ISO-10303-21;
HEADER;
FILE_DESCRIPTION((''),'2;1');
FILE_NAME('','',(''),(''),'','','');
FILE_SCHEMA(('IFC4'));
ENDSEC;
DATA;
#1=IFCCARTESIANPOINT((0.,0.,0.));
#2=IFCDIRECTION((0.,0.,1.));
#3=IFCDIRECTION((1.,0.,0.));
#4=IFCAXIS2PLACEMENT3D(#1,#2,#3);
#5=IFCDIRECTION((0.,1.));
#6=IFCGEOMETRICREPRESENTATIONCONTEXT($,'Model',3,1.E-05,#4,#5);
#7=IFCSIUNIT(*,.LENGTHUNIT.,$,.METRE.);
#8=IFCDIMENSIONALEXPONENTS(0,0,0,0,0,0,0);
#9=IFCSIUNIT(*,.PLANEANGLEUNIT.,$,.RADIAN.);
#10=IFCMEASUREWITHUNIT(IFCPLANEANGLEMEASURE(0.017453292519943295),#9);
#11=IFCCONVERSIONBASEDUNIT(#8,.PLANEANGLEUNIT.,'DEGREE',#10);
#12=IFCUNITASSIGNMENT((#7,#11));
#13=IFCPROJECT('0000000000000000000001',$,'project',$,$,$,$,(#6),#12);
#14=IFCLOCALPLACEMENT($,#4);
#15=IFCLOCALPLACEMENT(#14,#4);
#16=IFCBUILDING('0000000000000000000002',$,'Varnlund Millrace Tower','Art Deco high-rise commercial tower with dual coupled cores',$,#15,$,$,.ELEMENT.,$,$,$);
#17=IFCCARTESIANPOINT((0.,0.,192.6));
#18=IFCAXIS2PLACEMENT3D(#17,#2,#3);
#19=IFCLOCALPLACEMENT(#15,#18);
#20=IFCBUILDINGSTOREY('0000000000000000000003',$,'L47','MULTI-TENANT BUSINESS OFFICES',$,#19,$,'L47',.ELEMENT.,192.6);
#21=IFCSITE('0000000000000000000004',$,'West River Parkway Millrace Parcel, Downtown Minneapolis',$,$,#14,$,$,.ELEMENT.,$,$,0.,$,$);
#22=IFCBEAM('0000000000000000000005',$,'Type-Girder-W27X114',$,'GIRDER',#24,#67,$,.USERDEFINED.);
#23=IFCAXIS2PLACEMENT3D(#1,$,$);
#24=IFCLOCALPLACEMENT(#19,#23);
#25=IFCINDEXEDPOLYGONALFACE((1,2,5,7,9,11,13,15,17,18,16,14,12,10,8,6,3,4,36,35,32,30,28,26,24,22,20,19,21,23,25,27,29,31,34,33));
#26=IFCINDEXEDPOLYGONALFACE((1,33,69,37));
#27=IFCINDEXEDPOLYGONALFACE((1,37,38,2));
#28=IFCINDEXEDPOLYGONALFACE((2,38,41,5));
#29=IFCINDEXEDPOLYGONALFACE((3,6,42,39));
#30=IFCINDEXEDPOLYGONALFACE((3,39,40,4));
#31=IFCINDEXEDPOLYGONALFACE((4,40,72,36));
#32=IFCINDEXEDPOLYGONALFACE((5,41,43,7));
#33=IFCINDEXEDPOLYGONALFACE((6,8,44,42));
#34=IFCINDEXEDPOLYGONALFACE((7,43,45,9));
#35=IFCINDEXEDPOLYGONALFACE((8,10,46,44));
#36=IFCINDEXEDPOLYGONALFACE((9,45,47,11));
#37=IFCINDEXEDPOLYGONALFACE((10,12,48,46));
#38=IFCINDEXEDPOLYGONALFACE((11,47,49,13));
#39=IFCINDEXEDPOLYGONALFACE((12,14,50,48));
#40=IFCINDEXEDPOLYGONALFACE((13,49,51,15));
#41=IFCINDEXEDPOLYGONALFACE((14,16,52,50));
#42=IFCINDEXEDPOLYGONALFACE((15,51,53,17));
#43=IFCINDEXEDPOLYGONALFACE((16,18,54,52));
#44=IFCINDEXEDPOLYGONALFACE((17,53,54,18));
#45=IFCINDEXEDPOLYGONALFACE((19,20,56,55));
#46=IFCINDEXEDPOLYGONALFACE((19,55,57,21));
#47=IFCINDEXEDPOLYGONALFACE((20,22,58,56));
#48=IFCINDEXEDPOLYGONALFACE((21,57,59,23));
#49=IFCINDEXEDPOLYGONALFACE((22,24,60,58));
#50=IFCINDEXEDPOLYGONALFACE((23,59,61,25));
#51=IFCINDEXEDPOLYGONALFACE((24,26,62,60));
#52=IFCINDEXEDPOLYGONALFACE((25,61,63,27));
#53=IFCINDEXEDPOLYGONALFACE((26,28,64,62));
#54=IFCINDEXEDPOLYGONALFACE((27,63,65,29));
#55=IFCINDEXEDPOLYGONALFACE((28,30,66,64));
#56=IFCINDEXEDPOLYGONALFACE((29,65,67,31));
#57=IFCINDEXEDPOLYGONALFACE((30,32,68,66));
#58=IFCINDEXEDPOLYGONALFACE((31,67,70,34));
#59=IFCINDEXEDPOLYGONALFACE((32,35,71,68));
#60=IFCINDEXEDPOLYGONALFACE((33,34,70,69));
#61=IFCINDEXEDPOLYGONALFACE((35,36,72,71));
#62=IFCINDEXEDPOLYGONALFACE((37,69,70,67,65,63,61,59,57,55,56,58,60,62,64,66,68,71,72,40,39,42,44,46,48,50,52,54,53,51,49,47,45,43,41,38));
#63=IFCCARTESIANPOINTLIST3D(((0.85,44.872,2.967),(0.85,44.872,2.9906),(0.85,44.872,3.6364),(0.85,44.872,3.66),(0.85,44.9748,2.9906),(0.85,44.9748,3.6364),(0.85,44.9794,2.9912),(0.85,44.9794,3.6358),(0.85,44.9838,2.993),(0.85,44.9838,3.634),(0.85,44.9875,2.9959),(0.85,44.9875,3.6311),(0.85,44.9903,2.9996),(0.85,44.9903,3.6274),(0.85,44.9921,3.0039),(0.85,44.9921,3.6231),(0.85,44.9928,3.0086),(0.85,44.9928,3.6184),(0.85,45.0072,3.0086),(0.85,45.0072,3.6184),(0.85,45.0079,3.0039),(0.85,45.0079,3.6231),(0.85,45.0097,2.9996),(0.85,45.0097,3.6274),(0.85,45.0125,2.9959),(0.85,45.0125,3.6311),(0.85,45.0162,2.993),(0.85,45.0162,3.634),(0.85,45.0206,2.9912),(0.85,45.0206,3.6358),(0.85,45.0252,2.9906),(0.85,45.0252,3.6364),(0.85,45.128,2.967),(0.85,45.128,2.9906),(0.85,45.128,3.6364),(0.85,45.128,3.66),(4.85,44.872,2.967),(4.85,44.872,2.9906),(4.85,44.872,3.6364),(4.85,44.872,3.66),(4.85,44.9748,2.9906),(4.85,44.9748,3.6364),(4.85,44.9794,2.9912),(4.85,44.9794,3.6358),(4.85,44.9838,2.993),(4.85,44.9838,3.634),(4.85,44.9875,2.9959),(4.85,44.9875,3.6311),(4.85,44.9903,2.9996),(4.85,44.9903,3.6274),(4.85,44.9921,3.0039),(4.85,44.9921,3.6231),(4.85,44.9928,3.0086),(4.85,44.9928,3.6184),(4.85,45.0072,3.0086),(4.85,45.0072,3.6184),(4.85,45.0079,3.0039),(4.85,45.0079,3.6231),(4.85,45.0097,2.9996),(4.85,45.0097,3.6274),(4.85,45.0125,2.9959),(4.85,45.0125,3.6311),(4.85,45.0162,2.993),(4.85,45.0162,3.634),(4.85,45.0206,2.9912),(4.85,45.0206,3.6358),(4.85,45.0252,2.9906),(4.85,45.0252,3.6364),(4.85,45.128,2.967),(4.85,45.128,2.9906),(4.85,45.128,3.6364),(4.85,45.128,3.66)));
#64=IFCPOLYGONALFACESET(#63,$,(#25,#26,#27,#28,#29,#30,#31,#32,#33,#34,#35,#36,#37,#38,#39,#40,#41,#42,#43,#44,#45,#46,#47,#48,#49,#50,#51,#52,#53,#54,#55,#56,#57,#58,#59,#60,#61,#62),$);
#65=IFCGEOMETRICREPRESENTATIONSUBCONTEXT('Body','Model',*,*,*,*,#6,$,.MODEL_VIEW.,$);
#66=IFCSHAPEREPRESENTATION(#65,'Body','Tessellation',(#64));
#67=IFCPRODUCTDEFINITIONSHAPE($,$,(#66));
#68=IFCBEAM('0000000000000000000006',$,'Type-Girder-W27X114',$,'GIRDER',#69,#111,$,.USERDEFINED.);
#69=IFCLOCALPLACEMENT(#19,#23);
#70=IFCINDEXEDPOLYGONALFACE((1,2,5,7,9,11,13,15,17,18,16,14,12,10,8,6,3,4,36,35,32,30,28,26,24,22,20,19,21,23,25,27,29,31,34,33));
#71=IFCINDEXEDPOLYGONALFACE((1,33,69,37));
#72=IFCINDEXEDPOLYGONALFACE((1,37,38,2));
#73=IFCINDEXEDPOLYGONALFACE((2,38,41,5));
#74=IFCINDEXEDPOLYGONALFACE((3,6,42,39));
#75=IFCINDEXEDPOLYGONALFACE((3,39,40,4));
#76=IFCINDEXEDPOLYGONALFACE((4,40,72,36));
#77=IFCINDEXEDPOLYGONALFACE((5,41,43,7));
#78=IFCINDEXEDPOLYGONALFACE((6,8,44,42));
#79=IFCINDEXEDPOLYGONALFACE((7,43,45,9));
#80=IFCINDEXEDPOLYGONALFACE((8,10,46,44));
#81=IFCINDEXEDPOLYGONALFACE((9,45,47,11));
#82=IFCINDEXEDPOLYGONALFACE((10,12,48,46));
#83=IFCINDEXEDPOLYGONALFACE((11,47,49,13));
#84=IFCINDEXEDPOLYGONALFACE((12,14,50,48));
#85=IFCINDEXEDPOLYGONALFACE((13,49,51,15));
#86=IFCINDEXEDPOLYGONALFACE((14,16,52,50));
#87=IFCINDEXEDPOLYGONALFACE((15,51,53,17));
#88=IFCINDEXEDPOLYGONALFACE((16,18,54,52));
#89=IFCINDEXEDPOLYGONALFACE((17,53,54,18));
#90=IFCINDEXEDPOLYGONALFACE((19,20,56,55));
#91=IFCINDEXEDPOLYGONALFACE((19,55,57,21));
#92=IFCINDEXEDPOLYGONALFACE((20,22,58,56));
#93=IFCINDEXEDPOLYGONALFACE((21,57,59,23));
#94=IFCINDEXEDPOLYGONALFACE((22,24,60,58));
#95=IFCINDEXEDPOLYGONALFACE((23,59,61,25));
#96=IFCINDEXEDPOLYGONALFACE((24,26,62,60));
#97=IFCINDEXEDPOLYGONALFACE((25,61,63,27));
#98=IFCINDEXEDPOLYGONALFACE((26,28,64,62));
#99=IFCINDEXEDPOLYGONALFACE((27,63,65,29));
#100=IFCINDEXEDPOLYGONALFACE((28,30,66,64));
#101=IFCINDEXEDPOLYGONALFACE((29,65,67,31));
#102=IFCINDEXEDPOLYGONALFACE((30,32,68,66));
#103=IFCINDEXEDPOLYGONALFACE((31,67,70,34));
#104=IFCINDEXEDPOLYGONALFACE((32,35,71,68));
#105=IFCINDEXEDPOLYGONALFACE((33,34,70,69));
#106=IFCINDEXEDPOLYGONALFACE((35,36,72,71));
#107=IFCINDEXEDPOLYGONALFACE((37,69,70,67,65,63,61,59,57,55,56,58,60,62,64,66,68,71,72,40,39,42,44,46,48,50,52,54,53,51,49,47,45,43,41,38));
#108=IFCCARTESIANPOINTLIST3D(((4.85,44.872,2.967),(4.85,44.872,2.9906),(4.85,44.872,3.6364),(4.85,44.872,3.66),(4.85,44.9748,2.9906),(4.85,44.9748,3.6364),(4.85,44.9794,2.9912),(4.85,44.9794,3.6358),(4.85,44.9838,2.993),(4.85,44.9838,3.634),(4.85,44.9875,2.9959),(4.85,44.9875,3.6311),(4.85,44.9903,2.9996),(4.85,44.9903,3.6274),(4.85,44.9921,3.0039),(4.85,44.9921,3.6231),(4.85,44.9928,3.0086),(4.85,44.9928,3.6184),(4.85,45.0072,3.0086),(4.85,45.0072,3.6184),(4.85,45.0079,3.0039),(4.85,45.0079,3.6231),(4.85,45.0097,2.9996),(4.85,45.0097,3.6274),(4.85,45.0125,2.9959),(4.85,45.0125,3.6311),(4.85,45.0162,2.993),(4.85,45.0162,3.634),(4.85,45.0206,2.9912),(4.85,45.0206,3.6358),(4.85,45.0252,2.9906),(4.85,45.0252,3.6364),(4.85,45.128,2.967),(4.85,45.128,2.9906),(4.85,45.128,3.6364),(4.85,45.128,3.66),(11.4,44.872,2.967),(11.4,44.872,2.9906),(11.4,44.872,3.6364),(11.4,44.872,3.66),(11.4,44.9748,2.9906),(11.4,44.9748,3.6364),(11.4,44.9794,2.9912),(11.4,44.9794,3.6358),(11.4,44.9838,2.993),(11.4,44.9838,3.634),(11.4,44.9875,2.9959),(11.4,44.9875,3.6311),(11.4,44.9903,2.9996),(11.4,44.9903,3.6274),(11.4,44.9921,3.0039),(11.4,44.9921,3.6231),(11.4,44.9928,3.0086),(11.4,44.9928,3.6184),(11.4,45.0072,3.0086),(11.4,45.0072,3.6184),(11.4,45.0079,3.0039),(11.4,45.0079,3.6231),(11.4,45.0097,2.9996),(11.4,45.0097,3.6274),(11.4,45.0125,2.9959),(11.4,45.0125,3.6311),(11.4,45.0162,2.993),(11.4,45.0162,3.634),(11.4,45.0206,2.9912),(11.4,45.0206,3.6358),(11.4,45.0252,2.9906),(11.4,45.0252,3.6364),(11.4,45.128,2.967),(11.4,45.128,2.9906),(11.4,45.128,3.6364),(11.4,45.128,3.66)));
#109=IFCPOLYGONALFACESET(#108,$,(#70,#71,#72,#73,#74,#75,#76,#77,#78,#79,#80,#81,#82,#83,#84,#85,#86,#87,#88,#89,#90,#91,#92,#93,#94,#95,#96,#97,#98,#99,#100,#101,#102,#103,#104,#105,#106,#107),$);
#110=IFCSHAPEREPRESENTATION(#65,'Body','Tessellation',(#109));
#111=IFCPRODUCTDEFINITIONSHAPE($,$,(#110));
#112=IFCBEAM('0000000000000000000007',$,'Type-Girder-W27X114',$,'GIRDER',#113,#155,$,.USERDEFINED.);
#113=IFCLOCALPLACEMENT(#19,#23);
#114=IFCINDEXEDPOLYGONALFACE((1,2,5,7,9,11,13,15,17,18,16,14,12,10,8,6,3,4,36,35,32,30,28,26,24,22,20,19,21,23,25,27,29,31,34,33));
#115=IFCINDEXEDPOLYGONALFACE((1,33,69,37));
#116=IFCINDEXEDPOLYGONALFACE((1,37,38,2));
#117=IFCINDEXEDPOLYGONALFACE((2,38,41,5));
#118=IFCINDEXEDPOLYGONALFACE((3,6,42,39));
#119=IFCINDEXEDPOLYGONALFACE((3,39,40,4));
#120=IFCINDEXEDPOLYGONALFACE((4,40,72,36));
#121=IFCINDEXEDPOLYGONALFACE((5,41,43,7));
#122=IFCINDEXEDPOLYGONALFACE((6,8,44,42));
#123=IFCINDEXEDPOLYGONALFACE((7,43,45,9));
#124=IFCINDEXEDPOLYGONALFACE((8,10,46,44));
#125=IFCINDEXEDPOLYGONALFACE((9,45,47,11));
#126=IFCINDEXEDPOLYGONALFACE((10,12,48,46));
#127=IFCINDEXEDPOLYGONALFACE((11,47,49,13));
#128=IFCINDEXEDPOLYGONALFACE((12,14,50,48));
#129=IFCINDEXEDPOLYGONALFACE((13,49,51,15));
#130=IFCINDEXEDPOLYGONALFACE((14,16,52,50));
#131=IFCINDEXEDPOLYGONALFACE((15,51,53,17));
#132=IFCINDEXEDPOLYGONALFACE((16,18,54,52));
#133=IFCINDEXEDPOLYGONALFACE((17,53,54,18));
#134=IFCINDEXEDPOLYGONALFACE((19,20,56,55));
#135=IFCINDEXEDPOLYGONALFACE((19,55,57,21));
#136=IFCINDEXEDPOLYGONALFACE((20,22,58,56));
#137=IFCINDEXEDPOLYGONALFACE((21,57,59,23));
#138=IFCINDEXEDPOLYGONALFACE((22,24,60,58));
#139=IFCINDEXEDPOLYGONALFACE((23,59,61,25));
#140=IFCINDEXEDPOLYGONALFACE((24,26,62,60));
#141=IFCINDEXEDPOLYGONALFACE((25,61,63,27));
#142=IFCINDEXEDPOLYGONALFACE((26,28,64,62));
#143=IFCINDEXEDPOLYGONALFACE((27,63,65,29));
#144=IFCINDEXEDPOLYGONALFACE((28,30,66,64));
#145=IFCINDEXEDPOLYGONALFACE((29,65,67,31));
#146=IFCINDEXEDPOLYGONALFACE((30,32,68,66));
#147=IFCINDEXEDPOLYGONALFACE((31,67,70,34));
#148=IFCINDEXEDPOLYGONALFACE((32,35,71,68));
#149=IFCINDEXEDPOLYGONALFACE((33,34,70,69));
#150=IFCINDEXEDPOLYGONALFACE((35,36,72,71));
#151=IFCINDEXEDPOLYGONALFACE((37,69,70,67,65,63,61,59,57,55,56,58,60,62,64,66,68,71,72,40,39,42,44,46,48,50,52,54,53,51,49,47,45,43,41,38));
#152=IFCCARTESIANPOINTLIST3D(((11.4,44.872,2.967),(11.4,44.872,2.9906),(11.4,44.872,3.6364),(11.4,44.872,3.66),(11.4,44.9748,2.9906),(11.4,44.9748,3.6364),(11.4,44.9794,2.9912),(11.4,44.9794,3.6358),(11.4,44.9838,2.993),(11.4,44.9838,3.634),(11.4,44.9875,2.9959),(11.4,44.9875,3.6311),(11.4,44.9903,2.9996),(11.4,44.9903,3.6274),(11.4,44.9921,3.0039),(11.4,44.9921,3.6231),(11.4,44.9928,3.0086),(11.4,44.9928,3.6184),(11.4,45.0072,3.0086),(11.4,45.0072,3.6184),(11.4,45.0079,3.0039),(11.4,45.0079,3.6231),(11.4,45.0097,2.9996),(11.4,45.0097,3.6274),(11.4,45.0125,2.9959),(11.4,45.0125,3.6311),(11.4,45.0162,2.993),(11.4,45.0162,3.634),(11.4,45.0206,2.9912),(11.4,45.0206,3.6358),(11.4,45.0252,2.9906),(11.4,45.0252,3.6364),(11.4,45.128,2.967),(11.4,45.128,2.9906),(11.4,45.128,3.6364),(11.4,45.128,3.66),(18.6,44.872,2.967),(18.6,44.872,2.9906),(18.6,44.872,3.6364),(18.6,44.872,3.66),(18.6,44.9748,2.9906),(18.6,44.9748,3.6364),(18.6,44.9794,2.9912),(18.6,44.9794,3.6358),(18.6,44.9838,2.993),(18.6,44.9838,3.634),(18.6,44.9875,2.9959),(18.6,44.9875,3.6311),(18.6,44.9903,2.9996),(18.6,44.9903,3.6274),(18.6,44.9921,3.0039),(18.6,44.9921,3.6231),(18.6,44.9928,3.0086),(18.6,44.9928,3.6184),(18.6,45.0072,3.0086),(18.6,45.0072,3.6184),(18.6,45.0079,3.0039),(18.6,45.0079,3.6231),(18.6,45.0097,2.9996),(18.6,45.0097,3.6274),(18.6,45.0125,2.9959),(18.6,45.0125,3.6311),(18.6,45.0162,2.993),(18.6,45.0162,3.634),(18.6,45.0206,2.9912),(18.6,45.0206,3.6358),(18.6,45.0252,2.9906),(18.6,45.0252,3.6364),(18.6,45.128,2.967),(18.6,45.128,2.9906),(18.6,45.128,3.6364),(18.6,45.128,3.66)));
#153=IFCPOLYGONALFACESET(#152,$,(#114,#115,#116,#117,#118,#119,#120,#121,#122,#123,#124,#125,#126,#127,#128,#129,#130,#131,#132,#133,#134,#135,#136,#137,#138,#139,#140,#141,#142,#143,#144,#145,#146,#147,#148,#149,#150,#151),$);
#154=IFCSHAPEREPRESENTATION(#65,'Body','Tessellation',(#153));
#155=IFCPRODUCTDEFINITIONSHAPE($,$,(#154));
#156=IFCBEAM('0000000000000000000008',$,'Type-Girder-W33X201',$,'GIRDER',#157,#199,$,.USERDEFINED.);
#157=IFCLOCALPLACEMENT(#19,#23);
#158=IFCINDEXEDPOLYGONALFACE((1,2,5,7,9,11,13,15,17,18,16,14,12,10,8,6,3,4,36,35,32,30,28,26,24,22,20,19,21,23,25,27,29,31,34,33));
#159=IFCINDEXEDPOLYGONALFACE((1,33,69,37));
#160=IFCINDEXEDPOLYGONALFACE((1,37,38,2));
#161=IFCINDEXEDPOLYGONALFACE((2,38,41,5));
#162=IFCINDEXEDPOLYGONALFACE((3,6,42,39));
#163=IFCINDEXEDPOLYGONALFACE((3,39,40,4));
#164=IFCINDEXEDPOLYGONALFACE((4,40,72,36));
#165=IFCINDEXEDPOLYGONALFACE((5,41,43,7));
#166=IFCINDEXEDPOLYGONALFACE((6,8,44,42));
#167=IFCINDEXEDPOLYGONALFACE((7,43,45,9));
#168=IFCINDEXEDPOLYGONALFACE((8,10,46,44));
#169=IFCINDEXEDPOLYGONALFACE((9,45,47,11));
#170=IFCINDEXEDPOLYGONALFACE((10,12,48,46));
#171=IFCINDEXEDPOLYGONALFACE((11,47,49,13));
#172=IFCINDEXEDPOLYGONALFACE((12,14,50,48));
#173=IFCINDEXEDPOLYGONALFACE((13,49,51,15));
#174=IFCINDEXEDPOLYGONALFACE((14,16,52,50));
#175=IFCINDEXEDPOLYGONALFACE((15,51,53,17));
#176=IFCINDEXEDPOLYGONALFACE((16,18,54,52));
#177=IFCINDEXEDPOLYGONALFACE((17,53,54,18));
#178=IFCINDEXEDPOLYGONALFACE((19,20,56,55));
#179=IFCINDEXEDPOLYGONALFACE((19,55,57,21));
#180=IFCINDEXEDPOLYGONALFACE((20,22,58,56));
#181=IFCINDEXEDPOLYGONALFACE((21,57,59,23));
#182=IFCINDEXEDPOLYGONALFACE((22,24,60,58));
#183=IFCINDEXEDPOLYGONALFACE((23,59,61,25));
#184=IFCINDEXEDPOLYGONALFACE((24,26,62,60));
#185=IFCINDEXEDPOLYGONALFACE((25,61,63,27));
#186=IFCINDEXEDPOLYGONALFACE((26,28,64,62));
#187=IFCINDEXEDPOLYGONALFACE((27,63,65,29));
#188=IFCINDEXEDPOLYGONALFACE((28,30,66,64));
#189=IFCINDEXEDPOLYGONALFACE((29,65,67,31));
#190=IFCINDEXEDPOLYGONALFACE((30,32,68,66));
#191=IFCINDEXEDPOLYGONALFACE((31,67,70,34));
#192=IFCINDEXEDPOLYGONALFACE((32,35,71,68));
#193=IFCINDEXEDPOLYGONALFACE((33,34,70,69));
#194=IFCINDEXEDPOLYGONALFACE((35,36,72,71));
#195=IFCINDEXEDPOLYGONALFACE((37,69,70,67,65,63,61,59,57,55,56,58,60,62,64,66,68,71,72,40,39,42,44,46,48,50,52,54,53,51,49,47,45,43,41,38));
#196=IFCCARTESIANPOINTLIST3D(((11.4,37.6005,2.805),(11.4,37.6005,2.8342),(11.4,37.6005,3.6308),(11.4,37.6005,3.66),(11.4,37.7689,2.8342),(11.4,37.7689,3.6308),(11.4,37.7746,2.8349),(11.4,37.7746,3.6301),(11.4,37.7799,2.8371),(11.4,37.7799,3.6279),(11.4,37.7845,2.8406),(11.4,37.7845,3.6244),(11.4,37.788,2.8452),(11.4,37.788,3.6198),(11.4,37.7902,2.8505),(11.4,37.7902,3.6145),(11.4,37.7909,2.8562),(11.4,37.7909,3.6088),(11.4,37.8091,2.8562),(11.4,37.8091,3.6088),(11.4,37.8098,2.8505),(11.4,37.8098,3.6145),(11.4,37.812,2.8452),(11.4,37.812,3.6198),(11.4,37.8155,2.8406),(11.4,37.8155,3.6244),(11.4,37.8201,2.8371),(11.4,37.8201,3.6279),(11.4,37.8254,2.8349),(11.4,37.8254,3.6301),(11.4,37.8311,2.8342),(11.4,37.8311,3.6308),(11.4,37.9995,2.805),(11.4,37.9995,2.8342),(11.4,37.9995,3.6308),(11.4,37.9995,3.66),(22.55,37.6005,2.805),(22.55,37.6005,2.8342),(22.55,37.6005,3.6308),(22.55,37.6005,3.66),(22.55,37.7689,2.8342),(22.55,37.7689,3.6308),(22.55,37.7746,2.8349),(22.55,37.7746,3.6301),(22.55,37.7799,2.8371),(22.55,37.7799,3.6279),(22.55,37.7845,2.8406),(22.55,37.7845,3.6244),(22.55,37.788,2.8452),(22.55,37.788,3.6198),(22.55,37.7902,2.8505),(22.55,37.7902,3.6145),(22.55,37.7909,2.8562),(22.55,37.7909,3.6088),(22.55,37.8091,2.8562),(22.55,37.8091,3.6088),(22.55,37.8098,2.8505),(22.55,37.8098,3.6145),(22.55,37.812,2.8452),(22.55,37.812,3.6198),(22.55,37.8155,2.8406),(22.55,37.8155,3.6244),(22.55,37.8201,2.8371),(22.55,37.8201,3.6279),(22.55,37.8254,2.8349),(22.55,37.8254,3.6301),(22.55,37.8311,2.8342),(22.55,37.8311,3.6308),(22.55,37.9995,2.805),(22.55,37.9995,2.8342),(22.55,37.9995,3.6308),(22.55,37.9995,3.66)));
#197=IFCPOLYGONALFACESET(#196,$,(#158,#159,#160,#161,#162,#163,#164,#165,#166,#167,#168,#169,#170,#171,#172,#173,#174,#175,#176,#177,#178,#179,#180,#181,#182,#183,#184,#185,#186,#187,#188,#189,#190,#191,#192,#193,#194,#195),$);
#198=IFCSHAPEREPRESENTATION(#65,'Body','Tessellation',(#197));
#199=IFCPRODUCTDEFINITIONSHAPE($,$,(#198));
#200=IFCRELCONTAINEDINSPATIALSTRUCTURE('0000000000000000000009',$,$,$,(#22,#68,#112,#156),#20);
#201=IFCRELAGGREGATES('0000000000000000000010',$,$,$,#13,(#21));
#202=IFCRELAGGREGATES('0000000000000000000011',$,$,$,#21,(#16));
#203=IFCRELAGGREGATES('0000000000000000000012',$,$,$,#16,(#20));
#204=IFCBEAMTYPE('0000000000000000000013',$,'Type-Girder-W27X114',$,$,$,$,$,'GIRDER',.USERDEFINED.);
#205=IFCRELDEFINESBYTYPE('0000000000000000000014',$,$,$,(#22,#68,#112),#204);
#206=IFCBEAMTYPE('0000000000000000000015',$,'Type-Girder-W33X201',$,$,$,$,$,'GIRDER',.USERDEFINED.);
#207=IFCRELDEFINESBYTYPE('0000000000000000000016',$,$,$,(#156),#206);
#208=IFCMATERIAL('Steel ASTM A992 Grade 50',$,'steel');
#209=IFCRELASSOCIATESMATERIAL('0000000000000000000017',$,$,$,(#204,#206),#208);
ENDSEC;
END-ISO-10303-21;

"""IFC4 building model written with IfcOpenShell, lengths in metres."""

from ifc_helpers import new_model, entity, si_unit, converted_unit, direction, frame, origin_with_axes, origin_2d_with_axis, place, context, subcontext, project, spatial, i_section, extrude, material, material_profile, profile_set, type_object, element, save


model = new_model("IFC4")

# Units and contexts
model_context = context("Model", 3, precision=1e-05, world=origin_with_axes(), true_north=direction((0.0, 1.0)))
body_context = subcontext(model_context, "Body", "Model", "MODEL_VIEW")
ifc_project = project(units=[si_unit("LENGTHUNIT", "METRE"), converted_unit("PLANEANGLEUNIT", "DEGREE", entity("IfcPlaneAngleMeasure", 0.017453292519943295), si_unit("PLANEANGLEUNIT", "RADIAN"), dimensions=[0, 0, 0, 0, 0, 0, 0])], contexts=[model_context])

# Site, building, storey
site_placement = place(None, origin_with_axes())
site = spatial("IfcSite", under=ifc_project, at=site_placement, Name="West River Parkway Millrace Parcel, Downtown Minneapolis", CompositionType="ELEMENT", RefElevation=0.0)
building_placement = place(site_placement, origin_with_axes())
building = spatial("IfcBuilding", under=site, at=building_placement, Name="Varnlund Millrace Tower", Description="Art Deco high-rise commercial tower with dual coupled cores", CompositionType="ELEMENT")
storey_placement = place(building_placement, frame((0.0, 0.0, 192.6), z_axis=(0.0, 0.0, 1.0), x_axis=(1.0, 0.0, 0.0)))
storey = spatial("IfcBuildingStorey", under=building, at=storey_placement, Name="L47", Description="MULTI-TENANT BUSINESS OFFICES", LongName="L47", CompositionType="ELEMENT", Elevation=192.6)

# Beams
ifc_material_1 = material(Name="Steel ASTM A992 Grade 50", Category="steel")
ifc_material_profile_1 = material_profile(ifc_material_1, i_section(OverallWidth=0.256, OverallDepth=0.693, WebThickness=0.0145, FlangeThickness=0.0236, FilletRadius=0.018, at=origin_2d_with_axis()), Name="Steel ASTM A992 Grade 50")
ifc_profile_set_1 = profile_set([ifc_material_profile_1], Name="Steel ASTM A992 Grade 50")
beam_type_1 = type_object("IfcBeamType", Name="Type-Girder-W27X114", ElementType="GIRDER", PredefinedType="USERDEFINED", material=ifc_profile_set_1)
beam_1_placement = place(storey_placement, frame((0.85, 45.0, 3.3135), z_axis=(1.0, 0.0, 0.0), x_axis=(0.0, 1.0, 0.0)))
element("IfcBeam", 1, at=beam_1_placement, inside=storey, type_object=beam_type_1, Name="Type-Girder-W27X114", ObjectType="GIRDER", PredefinedType="USERDEFINED", context=body_context, shape_type="SweptSolid", body=[
    extrude(i_section(OverallWidth=0.256, OverallDepth=0.693, WebThickness=0.0145, FlangeThickness=0.0236, FilletRadius=0.018, at=origin_2d_with_axis()), origin_with_axes(), (0.0, 0.0, 1.0), 4.0),
])
beam_2_placement = place(storey_placement, frame((4.85, 45.0, 3.3135), z_axis=(1.0, 0.0, 0.0), x_axis=(0.0, 1.0, 0.0)))
element("IfcBeam", 2, at=beam_2_placement, inside=storey, type_object=beam_type_1, Name="Type-Girder-W27X114", ObjectType="GIRDER", PredefinedType="USERDEFINED", context=body_context, shape_type="SweptSolid", body=[
    extrude(i_section(OverallWidth=0.256, OverallDepth=0.693, WebThickness=0.0145, FlangeThickness=0.0236, FilletRadius=0.018, at=origin_2d_with_axis()), origin_with_axes(), (0.0, 0.0, 1.0), 6.55),
])
beam_3_placement = place(storey_placement, frame((11.4, 45.0, 3.3135), z_axis=(1.0, 0.0, 0.0), x_axis=(0.0, 1.0, 0.0)))
element("IfcBeam", 3, at=beam_3_placement, inside=storey, type_object=beam_type_1, Name="Type-Girder-W27X114", ObjectType="GIRDER", PredefinedType="USERDEFINED", context=body_context, shape_type="SweptSolid", body=[
    extrude(i_section(OverallWidth=0.256, OverallDepth=0.693, WebThickness=0.0145, FlangeThickness=0.0236, FilletRadius=0.018, at=origin_2d_with_axis()), origin_with_axes(), (0.0, 0.0, 1.0), 7.2),
])
ifc_material_profile_2 = material_profile(ifc_material_1, i_section(OverallWidth=0.399, OverallDepth=0.855, WebThickness=0.0182, FlangeThickness=0.0292, FilletRadius=0.022, at=origin_2d_with_axis()), Name="Steel ASTM A992 Grade 50")
ifc_profile_set_2 = profile_set([ifc_material_profile_2], Name="Steel ASTM A992 Grade 50")
beam_type_2 = type_object("IfcBeamType", Name="Type-Girder-W33X201", ElementType="GIRDER", PredefinedType="USERDEFINED", material=ifc_profile_set_2)
beam_4_placement = place(storey_placement, frame((11.4, 37.8, 3.2325), z_axis=(1.0, 0.0, 0.0), x_axis=(0.0, 1.0, 0.0)))
element("IfcBeam", 4, at=beam_4_placement, inside=storey, type_object=beam_type_2, Name="Type-Girder-W33X201", ObjectType="GIRDER", PredefinedType="USERDEFINED", context=body_context, shape_type="SweptSolid", body=[
    extrude(i_section(OverallWidth=0.399, OverallDepth=0.855, WebThickness=0.0182, FlangeThickness=0.0292, FilletRadius=0.022, at=origin_2d_with_axis()), origin_with_axes(), (0.0, 0.0, 1.0), 11.15),
])

save(model, "model.ifc")
